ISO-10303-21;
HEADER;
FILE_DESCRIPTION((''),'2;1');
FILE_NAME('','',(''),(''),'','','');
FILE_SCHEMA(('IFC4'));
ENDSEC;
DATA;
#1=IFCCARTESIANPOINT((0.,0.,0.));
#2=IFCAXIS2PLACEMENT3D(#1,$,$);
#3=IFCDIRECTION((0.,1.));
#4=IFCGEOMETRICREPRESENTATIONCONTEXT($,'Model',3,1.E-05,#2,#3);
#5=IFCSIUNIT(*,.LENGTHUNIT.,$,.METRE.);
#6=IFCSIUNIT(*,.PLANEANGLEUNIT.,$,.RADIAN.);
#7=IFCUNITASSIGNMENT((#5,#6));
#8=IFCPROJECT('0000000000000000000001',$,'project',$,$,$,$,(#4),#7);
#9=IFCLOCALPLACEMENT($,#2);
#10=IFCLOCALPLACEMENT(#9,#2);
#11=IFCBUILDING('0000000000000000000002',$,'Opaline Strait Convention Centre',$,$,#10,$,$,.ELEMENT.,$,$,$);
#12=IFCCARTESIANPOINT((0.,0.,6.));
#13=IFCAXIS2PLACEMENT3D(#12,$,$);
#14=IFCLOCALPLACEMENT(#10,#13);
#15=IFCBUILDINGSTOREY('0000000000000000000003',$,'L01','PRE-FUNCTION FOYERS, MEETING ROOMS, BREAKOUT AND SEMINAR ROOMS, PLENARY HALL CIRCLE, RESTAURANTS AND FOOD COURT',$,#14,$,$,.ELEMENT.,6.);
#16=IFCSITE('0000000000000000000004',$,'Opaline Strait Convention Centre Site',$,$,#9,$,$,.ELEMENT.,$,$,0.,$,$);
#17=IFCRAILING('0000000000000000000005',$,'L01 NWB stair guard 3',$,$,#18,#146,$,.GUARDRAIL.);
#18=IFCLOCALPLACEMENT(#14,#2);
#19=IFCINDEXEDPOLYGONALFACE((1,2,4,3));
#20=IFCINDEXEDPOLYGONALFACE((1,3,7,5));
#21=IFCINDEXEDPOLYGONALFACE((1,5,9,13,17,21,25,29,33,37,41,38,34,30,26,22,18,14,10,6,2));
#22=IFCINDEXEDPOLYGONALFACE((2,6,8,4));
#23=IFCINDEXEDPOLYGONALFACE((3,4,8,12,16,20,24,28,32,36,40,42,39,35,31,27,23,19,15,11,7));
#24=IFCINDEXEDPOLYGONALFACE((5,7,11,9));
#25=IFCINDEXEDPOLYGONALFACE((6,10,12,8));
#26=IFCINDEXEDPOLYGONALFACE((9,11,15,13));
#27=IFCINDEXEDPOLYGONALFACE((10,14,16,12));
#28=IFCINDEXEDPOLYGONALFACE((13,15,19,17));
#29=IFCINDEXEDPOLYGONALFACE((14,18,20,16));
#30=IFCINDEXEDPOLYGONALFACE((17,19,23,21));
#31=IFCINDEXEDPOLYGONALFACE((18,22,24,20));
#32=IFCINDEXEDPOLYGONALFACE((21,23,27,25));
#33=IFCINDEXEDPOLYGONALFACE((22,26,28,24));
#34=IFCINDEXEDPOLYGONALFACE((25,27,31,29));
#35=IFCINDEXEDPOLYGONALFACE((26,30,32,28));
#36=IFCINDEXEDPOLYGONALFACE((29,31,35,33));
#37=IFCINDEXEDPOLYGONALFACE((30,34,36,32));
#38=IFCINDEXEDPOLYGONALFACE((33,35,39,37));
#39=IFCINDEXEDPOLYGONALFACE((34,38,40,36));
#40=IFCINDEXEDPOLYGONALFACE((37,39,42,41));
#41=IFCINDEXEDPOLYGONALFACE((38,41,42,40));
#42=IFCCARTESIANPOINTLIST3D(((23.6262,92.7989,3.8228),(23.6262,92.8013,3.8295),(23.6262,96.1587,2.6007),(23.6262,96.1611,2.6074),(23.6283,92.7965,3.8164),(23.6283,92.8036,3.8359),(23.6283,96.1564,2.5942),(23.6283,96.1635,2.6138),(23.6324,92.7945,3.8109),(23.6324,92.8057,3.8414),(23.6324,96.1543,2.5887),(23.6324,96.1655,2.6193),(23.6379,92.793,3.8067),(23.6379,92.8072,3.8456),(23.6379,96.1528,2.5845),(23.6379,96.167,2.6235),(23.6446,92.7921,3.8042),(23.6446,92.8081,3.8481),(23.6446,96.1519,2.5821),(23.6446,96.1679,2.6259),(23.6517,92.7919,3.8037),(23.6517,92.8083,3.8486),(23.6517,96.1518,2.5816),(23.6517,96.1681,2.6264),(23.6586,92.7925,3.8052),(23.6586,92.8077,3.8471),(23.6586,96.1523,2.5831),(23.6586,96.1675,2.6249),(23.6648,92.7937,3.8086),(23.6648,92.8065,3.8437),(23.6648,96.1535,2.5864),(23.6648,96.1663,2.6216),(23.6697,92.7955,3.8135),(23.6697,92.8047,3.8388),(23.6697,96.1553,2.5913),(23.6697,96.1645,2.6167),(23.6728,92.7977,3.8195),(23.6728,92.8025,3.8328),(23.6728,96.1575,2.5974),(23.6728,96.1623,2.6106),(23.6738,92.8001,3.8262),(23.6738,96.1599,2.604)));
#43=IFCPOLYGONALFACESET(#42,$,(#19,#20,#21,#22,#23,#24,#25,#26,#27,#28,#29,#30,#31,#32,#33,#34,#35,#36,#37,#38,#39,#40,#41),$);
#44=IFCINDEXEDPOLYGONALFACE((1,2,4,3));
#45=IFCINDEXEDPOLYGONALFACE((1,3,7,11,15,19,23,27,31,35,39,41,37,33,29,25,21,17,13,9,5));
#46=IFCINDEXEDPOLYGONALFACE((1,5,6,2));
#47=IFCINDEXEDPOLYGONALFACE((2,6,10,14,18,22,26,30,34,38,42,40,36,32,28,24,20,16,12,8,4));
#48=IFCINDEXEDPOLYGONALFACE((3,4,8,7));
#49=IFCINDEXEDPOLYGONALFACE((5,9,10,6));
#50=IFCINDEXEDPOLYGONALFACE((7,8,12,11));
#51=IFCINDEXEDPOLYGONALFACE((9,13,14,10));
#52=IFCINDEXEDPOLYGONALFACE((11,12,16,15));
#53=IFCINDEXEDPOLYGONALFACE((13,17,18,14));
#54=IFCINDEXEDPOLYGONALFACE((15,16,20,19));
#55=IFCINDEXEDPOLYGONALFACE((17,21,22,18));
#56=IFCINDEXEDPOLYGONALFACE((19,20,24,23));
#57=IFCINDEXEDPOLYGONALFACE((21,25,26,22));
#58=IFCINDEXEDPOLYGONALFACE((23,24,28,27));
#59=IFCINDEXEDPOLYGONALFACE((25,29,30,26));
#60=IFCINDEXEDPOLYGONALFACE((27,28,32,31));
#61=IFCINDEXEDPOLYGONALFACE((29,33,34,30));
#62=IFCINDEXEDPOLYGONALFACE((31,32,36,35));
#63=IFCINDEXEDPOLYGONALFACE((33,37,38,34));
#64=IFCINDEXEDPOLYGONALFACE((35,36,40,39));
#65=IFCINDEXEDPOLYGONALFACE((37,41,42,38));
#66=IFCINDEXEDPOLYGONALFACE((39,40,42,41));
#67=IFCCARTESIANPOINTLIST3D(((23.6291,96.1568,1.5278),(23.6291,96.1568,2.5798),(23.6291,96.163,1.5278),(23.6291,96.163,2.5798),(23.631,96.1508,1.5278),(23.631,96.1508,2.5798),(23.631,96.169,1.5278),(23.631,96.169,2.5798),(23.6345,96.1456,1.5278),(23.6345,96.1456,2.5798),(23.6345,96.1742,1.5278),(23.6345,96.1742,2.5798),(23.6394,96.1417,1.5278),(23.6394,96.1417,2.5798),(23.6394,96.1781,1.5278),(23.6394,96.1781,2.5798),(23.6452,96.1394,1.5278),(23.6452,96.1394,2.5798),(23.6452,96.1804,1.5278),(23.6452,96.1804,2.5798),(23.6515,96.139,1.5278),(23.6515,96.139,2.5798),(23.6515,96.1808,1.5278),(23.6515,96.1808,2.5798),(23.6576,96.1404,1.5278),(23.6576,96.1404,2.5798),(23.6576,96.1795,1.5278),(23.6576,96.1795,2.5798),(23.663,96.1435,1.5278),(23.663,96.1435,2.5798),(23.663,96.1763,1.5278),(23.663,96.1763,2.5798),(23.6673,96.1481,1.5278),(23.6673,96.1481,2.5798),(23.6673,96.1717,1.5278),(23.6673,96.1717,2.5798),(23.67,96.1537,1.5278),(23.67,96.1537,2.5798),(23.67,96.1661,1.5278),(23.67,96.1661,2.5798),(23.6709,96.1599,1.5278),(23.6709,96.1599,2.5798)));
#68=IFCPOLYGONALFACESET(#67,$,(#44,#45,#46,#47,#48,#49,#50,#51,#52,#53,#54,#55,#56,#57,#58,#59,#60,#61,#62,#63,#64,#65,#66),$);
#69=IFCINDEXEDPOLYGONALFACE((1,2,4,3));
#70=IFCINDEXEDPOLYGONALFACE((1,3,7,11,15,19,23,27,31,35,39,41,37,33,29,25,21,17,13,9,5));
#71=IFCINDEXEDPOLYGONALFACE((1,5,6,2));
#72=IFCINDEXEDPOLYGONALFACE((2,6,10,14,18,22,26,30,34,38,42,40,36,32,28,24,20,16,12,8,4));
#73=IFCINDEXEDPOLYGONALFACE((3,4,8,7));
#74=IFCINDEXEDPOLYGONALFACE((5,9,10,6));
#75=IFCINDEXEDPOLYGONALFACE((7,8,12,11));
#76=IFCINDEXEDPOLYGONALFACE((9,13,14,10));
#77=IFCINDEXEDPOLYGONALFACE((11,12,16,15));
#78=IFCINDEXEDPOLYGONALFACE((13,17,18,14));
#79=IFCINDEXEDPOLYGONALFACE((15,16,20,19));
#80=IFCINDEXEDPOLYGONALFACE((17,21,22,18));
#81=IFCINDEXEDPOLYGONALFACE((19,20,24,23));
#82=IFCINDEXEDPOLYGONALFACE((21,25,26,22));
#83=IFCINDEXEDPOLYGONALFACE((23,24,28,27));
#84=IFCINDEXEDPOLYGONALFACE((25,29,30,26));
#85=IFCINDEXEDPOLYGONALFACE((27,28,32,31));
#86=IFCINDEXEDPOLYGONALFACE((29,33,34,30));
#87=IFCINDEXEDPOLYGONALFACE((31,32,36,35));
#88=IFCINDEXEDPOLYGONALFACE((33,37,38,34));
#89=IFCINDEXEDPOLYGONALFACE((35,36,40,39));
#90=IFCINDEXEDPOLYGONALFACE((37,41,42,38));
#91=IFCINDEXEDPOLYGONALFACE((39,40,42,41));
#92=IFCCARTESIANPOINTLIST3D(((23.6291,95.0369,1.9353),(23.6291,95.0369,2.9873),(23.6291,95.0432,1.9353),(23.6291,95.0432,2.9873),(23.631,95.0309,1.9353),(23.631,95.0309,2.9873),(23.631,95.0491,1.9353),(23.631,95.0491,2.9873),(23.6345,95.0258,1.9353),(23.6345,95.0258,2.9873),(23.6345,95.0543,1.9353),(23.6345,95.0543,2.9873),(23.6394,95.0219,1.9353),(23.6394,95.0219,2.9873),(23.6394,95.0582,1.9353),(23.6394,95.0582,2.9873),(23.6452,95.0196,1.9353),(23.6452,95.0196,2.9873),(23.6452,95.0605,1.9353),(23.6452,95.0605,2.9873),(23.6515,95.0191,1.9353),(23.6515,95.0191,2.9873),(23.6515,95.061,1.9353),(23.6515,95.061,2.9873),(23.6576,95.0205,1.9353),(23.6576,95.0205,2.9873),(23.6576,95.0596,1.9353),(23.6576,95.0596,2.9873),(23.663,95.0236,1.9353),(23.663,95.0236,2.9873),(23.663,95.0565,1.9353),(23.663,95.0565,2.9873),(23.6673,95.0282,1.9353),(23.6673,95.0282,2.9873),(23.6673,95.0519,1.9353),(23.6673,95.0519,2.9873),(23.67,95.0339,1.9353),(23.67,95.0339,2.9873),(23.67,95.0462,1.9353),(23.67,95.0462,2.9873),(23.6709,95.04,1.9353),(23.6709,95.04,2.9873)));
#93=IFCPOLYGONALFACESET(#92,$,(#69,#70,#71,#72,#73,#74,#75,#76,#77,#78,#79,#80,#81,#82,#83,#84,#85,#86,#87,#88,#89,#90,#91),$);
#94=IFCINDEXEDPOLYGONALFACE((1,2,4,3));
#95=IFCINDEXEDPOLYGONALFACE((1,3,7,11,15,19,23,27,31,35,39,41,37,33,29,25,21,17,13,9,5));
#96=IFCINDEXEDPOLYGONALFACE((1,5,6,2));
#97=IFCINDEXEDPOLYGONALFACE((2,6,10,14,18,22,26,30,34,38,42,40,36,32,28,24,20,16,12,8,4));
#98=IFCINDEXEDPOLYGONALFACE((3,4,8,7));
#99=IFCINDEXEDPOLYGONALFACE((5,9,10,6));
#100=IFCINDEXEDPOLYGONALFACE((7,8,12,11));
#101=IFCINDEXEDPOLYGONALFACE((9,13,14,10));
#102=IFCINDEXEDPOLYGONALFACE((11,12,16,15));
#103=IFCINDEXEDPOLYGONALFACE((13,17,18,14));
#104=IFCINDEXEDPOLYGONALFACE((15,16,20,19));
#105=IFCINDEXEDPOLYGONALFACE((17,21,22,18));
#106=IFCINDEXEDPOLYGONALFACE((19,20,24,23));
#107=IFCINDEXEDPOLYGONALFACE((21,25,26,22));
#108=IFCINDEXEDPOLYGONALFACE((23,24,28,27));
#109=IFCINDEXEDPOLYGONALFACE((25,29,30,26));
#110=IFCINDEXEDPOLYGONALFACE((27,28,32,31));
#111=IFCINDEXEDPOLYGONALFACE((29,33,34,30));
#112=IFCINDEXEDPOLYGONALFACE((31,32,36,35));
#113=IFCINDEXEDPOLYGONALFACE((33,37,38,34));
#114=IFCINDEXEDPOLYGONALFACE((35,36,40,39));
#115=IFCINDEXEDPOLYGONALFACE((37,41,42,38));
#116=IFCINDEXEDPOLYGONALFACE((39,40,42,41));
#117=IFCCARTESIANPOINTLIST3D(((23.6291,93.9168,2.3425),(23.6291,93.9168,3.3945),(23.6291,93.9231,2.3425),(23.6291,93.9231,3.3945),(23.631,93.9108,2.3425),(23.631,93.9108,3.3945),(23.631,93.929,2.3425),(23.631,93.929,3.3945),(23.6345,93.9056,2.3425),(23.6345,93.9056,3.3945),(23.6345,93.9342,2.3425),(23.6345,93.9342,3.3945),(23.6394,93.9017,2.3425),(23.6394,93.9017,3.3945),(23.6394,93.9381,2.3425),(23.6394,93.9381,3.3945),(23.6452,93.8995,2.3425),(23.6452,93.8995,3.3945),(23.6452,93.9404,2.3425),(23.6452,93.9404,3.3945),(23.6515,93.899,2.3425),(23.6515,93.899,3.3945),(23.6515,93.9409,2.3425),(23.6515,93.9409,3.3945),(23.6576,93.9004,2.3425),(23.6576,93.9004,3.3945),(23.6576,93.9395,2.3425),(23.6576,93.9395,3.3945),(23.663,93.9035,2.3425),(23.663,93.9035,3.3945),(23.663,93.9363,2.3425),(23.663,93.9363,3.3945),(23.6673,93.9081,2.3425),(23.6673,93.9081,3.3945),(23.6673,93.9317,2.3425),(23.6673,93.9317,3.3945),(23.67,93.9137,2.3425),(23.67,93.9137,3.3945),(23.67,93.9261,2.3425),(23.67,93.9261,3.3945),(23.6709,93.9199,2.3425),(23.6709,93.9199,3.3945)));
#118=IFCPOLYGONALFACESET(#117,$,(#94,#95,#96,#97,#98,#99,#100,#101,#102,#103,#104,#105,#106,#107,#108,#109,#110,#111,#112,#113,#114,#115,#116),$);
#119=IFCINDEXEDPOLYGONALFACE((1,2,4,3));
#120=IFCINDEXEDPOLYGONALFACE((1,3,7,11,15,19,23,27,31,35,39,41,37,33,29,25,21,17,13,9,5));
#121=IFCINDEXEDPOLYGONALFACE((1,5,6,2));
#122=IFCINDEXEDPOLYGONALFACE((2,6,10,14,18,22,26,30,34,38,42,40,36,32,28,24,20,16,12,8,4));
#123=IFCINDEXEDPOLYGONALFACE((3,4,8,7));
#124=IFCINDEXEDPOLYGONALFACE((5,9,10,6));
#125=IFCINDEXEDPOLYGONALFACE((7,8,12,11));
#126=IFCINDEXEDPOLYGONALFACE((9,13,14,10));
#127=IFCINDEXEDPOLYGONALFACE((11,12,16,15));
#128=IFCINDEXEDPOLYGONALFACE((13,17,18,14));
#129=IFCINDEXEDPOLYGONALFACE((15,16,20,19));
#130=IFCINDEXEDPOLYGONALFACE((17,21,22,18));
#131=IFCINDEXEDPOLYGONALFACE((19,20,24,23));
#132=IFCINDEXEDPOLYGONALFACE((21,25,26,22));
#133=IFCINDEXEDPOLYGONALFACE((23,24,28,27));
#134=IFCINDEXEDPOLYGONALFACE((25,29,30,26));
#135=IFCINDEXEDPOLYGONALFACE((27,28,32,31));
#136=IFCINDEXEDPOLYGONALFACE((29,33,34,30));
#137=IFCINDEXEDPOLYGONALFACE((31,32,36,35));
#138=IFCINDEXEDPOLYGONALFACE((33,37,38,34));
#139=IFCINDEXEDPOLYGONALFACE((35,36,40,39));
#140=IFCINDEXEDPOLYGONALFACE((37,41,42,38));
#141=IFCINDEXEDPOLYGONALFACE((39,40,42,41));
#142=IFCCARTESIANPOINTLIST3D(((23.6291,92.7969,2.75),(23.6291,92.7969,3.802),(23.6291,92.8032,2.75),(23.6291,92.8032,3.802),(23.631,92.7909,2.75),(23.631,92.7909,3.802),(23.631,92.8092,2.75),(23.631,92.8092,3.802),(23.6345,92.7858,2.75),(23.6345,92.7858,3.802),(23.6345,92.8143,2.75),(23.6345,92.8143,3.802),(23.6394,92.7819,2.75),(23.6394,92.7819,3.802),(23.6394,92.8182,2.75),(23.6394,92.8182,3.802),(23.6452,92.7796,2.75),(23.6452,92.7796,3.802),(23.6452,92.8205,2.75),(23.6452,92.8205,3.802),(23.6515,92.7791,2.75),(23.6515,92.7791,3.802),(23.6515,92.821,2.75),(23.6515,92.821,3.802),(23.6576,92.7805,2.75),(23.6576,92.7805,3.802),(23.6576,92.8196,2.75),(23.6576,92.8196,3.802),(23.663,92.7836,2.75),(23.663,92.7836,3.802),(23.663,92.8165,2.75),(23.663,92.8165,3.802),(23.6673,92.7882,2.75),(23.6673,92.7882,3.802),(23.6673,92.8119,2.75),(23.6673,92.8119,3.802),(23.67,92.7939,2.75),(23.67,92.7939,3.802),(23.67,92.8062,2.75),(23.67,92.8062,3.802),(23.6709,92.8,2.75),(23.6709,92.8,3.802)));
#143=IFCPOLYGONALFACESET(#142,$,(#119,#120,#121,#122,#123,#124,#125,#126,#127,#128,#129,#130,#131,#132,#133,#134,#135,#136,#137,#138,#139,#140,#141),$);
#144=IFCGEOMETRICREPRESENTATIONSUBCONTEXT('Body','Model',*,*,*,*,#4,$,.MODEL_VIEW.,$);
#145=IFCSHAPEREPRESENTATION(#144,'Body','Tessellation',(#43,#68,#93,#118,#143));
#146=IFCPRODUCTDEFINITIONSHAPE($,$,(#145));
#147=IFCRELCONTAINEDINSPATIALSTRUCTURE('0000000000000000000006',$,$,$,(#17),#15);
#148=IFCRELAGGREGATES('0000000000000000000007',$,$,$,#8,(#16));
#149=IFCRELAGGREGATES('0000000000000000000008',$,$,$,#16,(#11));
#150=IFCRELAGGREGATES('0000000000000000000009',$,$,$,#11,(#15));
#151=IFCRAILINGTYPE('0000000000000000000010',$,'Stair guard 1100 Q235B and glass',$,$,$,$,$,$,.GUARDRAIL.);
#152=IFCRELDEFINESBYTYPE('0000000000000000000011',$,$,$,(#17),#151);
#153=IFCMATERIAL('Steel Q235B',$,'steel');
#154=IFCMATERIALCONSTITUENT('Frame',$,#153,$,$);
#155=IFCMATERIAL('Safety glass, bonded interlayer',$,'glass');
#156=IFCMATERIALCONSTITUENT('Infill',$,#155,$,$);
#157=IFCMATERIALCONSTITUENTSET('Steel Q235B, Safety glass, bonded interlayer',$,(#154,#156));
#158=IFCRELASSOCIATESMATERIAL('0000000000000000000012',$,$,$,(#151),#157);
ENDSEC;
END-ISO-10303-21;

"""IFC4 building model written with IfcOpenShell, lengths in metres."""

from ifc_helpers import new_model, si_unit, direction, frame, origin, origin_2d, place, context, subcontext, project, spatial, circle, extrude, material, constituent, constituent_set, type_object, element, save


model = new_model("IFC4")

# Units and contexts
model_context = context("Model", 3, precision=1e-05, world=origin(), true_north=direction((0.0, 1.0)))
body_context = subcontext(model_context, "Body", "Model", "MODEL_VIEW")
ifc_project = project(units=[si_unit("LENGTHUNIT", "METRE"), si_unit("PLANEANGLEUNIT", "RADIAN")], contexts=[model_context])

# Site, building, storey
site_placement = place(None, origin())
site = spatial("IfcSite", under=ifc_project, at=site_placement, Name="Opaline Strait Convention Centre Site", CompositionType="ELEMENT", RefElevation=0.0)
building_placement = place(site_placement, origin())
building = spatial("IfcBuilding", under=site, at=building_placement, Name="Opaline Strait Convention Centre", CompositionType="ELEMENT")
storey_placement = place(building_placement, frame((0.0, 0.0, 6.0)))
storey = spatial("IfcBuildingStorey", under=building, at=storey_placement, Name="L01", Description="PRE-FUNCTION FOYERS, MEETING ROOMS, BREAKOUT AND SEMINAR ROOMS, PLENARY HALL CIRCLE, RESTAURANTS AND FOOD COURT", CompositionType="ELEMENT", Elevation=6.0)

# Railing
ifc_material_1 = material(Name="Steel Q235B", Category="steel")
ifc_constituent_1 = constituent(ifc_material_1, Name="Frame")
ifc_material_2 = material(Name="Safety glass, bonded interlayer", Category="glass")
ifc_constituent_2 = constituent(ifc_material_2, Name="Infill")
ifc_constituent_set = constituent_set(constituents=[ifc_constituent_1, ifc_constituent_2], Name="Steel Q235B, Safety glass, bonded interlayer")
railing_type_1 = type_object("IfcRailingType", Name="Stair guard 1100 Q235B and glass", PredefinedType="GUARDRAIL", material=ifc_constituent_set)
for number, where, name in (
    (1, (23.6499, 96.1599, 1.5278), "L01 NWB stair guard 3"),
):
    element("IfcRailing", number, at=place(storey_placement, frame(where)), inside=storey, type_object=railing_type_1, Name=name, PredefinedType="GUARDRAIL", context=body_context, shape_type="SweptSolid", body=[
        extrude(circle(Radius=0.0239, at=origin_2d()), frame((0.0, 0.0, 1.0762), z_axis=(0.0, -0.939758, 0.341842), x_axis=(1.0, 0.0, 0.0)), (0.0, 0.0, 1.0), 3.5752),
        extrude(circle(Radius=0.021, at=origin_2d()), origin(), (0.0, 0.0, 1.0), 1.052),
        extrude(circle(Radius=0.021, at=origin_2d()), frame((0.0, -1.1199, 0.4075)), (0.0, 0.0, 1.0), 1.052),
        extrude(circle(Radius=0.021, at=origin_2d()), frame((0.0, -2.24, 0.8147)), (0.0, 0.0, 1.0), 1.052),
        extrude(circle(Radius=0.021, at=origin_2d()), frame((0.0, -3.3599, 1.2222)), (0.0, 0.0, 1.0), 1.052),
    ])

save(model, "model.ifc")
